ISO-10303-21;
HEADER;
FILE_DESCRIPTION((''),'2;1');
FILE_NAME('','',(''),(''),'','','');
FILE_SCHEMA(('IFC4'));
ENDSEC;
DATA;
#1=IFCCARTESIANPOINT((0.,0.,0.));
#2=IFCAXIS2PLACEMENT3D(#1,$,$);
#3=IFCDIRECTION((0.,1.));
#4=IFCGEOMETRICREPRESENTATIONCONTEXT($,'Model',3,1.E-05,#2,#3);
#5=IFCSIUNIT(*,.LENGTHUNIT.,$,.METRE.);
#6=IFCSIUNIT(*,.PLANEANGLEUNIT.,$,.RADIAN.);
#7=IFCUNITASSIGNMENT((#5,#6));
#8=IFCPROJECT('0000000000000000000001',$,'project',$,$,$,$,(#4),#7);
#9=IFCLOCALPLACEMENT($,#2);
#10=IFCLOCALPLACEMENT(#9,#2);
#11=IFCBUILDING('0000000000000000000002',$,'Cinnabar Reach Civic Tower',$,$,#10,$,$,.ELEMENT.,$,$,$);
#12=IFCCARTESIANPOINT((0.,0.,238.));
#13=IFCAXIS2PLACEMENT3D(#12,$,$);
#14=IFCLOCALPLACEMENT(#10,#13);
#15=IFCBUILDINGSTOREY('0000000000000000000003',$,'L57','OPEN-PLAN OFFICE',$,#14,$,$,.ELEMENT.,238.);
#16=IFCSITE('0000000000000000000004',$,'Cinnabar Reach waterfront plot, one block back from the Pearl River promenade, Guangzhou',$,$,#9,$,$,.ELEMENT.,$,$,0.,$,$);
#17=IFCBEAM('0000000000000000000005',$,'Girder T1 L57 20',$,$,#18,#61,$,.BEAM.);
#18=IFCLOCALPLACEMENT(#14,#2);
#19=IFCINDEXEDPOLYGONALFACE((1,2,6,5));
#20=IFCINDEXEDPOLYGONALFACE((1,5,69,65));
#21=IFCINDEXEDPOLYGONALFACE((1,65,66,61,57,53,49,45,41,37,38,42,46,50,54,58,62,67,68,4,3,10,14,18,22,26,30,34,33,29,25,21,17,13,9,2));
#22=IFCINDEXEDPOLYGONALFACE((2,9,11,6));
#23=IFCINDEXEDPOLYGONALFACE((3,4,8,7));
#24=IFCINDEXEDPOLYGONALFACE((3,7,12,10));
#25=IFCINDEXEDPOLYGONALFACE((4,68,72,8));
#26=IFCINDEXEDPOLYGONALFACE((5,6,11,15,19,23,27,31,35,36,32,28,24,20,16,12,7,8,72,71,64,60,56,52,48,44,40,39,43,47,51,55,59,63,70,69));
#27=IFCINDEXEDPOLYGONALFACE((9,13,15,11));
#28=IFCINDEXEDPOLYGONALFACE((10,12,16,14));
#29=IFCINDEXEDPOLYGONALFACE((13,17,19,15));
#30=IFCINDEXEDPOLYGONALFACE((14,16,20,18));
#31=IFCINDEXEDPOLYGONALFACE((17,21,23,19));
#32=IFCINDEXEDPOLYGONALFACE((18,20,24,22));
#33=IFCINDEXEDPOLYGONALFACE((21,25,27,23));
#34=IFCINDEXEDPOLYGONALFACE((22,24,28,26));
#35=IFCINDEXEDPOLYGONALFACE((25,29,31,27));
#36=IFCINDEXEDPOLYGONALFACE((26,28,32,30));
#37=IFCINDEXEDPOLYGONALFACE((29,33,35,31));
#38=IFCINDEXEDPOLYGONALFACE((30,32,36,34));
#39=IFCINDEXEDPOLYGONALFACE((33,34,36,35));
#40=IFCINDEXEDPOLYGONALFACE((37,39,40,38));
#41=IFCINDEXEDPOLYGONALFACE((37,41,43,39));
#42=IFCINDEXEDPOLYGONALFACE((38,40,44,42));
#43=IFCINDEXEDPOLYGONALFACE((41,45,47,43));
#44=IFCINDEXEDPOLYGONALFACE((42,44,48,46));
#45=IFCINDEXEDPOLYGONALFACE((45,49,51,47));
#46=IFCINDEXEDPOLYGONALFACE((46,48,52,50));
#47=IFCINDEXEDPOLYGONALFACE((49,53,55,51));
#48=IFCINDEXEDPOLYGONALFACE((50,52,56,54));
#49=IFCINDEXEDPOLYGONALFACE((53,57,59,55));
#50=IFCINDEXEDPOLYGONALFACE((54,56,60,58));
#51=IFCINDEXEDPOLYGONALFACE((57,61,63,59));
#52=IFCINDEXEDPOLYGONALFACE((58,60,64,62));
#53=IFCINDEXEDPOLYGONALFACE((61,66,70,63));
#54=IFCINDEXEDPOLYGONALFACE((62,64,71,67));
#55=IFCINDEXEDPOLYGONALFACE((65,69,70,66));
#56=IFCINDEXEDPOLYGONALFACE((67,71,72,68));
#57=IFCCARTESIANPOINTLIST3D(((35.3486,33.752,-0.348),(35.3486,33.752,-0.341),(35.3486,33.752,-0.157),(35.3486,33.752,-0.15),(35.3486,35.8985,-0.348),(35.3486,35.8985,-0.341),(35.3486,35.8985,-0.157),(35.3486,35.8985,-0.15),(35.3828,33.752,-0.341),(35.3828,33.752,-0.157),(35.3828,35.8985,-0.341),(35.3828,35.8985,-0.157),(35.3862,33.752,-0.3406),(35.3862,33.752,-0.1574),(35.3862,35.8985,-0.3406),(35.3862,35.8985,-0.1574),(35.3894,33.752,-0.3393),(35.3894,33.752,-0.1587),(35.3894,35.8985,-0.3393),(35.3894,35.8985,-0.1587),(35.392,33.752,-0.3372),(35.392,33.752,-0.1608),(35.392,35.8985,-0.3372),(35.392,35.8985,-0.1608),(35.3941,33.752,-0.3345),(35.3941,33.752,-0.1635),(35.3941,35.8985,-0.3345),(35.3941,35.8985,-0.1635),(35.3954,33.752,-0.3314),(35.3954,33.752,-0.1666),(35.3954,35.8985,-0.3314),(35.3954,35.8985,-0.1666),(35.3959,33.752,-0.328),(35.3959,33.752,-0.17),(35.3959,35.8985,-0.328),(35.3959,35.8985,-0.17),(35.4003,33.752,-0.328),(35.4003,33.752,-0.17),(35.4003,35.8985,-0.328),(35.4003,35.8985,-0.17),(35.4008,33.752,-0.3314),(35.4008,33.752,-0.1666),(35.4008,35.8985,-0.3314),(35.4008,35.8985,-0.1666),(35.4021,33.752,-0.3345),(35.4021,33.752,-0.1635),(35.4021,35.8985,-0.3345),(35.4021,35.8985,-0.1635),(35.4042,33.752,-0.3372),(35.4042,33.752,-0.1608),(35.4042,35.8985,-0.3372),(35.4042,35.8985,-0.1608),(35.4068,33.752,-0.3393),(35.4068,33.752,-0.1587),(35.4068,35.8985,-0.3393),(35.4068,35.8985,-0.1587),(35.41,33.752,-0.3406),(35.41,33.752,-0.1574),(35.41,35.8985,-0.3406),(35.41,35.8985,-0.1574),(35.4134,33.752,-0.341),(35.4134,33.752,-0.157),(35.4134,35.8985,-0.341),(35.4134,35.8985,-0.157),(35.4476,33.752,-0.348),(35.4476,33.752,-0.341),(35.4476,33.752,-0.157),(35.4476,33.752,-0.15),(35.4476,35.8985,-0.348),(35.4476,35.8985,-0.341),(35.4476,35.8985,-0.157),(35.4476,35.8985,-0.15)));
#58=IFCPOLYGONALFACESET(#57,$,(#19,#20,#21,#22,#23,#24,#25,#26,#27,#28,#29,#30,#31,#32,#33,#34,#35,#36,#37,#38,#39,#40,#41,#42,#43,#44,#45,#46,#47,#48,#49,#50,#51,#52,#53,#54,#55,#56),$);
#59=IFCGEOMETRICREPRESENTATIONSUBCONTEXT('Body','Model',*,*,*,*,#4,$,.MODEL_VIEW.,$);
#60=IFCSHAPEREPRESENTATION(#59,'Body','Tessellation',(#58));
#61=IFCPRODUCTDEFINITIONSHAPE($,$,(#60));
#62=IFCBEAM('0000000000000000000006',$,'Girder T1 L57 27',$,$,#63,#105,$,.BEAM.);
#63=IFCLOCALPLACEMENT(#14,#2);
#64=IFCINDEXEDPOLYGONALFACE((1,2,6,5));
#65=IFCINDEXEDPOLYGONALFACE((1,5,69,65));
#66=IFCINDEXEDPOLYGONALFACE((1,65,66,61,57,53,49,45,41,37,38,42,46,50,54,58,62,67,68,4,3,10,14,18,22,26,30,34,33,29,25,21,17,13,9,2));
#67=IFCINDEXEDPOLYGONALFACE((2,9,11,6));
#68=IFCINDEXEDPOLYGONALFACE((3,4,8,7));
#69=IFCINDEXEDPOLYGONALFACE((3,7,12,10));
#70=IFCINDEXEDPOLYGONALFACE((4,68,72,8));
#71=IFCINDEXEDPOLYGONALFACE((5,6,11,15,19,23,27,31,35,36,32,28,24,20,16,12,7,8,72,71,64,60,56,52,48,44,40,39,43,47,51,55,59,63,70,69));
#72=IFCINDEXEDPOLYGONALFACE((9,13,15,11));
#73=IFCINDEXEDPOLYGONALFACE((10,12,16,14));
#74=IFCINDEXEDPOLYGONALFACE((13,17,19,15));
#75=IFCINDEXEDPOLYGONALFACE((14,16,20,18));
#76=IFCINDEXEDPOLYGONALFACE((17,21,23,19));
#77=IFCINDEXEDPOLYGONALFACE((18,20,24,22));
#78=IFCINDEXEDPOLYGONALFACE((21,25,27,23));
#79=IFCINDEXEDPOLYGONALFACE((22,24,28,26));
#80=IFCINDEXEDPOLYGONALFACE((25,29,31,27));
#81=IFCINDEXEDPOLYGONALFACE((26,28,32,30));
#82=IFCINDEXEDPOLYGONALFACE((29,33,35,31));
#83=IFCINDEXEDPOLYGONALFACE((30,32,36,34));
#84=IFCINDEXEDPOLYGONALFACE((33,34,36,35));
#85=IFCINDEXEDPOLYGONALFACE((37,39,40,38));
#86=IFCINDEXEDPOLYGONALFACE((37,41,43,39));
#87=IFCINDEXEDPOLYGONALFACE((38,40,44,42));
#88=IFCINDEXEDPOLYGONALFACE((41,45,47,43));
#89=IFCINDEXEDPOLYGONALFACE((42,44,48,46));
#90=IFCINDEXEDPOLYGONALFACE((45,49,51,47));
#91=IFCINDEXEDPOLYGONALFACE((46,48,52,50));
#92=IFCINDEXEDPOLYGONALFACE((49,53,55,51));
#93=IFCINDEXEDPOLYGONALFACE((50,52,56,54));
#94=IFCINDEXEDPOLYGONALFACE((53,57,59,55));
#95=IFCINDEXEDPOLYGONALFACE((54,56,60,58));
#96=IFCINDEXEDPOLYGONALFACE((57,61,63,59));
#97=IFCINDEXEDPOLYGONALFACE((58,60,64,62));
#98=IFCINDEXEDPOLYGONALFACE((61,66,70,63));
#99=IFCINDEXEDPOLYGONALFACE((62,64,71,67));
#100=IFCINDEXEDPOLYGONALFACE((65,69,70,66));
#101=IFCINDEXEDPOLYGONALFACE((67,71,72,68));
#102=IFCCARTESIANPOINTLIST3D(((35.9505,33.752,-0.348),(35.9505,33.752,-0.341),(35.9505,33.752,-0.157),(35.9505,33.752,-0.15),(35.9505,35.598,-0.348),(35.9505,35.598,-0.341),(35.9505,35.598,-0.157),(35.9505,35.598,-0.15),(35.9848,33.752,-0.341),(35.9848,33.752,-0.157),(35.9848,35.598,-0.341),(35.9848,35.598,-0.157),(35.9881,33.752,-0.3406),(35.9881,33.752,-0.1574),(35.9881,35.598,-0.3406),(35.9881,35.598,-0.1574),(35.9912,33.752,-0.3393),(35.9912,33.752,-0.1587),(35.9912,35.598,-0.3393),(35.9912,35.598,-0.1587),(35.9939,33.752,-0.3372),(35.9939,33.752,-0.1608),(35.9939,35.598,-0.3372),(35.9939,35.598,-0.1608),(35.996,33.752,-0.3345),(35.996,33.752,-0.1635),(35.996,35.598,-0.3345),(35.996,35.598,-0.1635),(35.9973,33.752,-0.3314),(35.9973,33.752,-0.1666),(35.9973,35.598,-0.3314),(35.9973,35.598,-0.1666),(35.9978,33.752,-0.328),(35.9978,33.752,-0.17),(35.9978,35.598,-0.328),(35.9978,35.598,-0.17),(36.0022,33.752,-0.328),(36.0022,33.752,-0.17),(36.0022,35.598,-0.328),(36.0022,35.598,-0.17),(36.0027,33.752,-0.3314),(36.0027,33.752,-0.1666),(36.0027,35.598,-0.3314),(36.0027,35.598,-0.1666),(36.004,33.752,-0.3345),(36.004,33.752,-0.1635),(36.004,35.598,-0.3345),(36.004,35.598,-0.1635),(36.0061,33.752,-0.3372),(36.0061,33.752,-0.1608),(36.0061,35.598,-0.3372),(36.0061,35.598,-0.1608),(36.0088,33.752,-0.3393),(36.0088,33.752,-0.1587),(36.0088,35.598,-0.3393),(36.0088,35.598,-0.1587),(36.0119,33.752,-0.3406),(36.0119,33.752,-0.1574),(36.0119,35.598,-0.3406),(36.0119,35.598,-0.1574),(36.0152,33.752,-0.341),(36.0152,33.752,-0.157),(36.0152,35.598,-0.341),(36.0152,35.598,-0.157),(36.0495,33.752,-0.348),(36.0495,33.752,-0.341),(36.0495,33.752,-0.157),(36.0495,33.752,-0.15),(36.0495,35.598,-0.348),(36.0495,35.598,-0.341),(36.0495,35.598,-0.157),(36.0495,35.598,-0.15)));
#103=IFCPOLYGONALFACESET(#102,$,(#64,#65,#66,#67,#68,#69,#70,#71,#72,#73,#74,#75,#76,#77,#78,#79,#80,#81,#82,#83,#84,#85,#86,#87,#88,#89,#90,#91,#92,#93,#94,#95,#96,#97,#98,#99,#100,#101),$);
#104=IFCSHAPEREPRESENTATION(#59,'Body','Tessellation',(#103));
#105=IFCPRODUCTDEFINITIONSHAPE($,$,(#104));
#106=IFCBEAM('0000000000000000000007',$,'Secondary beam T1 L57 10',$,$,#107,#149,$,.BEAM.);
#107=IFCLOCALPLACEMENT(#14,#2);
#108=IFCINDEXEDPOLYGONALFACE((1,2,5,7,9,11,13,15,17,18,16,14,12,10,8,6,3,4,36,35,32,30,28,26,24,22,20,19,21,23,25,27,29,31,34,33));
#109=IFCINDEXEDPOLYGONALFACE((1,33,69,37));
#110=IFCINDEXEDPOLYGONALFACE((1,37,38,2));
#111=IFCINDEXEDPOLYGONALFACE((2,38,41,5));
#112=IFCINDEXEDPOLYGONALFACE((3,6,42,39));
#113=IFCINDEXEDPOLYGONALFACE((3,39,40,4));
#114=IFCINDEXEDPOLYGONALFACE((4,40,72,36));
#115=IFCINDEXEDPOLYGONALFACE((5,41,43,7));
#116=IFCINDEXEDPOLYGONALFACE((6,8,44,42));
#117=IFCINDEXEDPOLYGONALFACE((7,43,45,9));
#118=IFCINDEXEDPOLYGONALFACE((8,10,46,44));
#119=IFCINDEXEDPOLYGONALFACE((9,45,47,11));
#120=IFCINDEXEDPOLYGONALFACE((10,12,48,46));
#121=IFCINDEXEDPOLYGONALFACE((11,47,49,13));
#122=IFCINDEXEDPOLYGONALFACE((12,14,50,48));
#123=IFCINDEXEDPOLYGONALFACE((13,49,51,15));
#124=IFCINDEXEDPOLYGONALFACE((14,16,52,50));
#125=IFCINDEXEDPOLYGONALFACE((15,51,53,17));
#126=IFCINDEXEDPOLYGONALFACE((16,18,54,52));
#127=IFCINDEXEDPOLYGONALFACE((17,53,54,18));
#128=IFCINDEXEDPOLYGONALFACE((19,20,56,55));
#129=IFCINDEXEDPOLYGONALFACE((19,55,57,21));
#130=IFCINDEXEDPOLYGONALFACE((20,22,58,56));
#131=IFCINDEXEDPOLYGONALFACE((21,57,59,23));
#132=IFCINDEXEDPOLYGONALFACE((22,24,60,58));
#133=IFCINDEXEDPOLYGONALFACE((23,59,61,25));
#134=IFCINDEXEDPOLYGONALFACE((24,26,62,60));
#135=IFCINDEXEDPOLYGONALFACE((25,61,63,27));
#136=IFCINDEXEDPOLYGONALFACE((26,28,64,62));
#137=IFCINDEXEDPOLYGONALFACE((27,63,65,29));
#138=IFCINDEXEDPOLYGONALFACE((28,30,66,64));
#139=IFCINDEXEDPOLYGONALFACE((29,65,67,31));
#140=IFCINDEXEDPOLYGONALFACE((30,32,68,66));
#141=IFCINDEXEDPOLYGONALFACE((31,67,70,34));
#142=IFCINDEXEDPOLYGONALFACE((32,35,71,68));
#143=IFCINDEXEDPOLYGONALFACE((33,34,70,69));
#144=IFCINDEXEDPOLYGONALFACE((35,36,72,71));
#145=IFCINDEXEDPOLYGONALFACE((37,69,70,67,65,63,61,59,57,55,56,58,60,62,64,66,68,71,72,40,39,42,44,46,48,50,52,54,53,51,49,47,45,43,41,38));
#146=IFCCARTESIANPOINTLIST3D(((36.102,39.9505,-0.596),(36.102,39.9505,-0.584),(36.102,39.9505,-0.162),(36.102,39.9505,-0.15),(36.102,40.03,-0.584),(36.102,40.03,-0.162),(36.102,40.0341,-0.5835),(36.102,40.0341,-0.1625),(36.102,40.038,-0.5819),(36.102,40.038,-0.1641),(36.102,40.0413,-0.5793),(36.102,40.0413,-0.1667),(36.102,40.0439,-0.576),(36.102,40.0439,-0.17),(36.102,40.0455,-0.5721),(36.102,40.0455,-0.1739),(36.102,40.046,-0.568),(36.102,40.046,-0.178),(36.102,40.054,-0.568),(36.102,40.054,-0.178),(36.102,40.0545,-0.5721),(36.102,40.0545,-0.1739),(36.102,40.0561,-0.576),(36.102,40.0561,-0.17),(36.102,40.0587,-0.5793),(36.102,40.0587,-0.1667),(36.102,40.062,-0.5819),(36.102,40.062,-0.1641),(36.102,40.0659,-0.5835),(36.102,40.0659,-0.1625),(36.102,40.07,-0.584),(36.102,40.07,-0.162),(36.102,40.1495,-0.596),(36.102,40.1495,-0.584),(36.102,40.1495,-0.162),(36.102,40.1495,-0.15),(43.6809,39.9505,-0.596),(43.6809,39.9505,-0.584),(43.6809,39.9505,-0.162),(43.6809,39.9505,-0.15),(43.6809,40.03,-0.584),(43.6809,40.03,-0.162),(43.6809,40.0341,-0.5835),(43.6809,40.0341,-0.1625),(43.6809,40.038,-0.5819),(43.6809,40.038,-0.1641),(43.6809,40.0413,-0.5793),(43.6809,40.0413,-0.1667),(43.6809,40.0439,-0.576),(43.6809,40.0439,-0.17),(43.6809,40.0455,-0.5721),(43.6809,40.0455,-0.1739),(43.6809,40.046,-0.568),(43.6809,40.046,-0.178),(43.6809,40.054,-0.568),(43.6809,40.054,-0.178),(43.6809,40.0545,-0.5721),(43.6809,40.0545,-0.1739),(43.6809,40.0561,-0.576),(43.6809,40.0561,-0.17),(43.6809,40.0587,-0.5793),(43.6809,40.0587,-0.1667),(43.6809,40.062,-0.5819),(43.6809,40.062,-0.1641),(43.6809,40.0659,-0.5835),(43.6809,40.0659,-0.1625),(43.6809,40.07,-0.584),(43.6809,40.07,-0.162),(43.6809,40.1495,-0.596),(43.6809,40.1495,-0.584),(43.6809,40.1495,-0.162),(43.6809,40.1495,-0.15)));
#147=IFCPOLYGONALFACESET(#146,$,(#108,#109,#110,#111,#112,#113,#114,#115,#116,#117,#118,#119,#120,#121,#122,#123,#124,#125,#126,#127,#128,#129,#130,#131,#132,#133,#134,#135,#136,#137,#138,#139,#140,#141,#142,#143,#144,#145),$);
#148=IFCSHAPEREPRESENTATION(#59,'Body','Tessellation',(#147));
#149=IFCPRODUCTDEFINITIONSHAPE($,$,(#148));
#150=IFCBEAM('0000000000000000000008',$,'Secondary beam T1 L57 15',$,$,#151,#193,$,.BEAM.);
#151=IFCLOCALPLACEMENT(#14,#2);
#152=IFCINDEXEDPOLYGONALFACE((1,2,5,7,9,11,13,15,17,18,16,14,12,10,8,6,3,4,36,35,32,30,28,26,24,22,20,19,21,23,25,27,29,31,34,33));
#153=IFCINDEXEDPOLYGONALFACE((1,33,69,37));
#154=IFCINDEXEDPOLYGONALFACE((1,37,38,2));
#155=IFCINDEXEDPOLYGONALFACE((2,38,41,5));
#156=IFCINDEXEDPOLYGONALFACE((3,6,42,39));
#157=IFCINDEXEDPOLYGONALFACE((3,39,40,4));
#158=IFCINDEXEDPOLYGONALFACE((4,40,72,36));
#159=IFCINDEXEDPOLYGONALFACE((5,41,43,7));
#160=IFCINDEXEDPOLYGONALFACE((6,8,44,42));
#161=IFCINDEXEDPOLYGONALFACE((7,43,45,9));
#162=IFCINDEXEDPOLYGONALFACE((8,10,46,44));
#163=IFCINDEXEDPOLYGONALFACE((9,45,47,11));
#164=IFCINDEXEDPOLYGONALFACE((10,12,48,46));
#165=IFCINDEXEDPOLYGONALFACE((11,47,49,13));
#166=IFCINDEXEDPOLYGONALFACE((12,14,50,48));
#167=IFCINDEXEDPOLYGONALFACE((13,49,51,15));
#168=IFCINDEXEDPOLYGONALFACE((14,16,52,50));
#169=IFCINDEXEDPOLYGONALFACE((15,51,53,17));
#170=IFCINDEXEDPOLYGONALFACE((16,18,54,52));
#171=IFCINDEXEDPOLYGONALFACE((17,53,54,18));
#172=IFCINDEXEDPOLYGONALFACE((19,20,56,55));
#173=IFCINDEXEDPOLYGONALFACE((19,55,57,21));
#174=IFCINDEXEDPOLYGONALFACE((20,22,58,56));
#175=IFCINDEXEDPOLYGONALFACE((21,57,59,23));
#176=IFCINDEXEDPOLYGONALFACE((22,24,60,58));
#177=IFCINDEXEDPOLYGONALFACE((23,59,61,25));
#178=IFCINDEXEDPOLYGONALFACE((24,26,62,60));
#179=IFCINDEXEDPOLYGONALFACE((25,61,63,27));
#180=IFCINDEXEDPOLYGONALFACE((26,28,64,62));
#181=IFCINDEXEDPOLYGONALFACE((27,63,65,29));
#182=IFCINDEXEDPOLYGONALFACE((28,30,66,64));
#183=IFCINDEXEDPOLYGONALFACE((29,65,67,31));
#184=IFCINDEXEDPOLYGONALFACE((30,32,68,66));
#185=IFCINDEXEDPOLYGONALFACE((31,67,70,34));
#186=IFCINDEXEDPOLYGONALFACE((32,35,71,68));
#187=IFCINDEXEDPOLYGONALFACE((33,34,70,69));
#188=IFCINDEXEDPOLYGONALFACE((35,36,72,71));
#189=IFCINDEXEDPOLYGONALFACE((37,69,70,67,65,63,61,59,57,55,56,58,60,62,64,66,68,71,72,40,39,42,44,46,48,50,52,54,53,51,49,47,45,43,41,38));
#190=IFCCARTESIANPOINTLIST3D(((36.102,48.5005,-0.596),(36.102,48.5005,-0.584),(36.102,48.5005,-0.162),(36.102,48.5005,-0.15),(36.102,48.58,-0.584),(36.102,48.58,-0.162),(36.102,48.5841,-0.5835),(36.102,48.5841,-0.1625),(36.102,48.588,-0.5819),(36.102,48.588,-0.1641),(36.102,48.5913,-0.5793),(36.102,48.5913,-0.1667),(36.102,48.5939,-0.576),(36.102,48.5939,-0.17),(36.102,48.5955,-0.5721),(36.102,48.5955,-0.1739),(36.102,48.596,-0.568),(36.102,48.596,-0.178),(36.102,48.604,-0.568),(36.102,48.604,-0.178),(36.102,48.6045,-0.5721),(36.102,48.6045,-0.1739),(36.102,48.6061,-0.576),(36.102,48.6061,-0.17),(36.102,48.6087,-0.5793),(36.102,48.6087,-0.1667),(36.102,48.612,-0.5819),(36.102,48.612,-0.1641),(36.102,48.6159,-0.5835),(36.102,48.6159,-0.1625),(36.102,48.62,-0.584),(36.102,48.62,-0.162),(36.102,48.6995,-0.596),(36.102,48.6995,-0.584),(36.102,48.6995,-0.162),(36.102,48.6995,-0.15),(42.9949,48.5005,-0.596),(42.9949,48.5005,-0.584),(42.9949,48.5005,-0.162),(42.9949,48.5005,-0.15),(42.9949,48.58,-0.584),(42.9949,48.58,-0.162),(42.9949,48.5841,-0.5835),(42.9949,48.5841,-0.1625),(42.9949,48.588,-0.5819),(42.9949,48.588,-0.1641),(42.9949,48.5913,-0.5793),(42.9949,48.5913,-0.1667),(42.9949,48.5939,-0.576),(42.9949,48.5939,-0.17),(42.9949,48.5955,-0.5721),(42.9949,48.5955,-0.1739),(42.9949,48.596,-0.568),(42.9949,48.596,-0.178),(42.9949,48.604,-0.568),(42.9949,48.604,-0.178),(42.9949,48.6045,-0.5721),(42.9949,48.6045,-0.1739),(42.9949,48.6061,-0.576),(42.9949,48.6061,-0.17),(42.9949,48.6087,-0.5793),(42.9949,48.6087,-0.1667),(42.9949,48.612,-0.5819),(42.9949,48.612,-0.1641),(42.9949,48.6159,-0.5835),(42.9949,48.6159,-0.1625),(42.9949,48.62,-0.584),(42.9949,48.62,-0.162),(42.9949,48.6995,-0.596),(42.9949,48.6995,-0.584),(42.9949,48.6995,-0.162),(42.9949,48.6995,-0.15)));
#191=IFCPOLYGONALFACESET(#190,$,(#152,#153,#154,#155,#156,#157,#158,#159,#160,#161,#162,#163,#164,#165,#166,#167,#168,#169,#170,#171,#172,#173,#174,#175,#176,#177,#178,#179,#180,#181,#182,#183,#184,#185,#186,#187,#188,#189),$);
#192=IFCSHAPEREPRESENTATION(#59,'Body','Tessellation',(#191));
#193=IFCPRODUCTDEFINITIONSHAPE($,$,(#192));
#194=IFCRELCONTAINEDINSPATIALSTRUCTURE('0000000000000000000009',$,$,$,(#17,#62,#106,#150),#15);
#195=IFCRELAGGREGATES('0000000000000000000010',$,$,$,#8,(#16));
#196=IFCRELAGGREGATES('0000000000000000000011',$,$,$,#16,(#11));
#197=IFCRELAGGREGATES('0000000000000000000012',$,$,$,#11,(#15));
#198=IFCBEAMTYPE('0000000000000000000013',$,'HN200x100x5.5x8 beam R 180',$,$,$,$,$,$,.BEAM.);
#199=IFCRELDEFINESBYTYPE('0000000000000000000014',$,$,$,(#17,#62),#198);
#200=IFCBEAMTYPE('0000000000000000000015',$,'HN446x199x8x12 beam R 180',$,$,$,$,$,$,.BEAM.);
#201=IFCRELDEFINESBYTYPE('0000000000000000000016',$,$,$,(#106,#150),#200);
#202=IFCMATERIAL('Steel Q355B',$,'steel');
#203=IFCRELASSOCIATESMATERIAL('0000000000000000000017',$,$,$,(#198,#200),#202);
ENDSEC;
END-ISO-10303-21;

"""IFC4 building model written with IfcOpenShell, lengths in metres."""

from ifc_helpers import new_model, si_unit, direction, frame, origin, origin_2d, place, context, subcontext, project, spatial, i_section, extrude, material, material_profile, profile_set, type_object, element, save


model = new_model("IFC4")

# Units and contexts
model_context = context("Model", 3, precision=1e-05, world=origin(), true_north=direction((0.0, 1.0)))
body_context = subcontext(model_context, "Body", "Model", "MODEL_VIEW")
ifc_project = project(units=[si_unit("LENGTHUNIT", "METRE"), si_unit("PLANEANGLEUNIT", "RADIAN")], contexts=[model_context])

# Site, building, storey
site_placement = place(None, origin())
site = spatial("IfcSite", under=ifc_project, at=site_placement, Name="Cinnabar Reach waterfront plot, one block back from the Pearl River promenade, Guangzhou", CompositionType="ELEMENT", RefElevation=0.0)
building_placement = place(site_placement, origin())
building = spatial("IfcBuilding", under=site, at=building_placement, Name="Cinnabar Reach Civic Tower", CompositionType="ELEMENT")
storey_placement = place(building_placement, frame((0.0, 0.0, 238.0)))
storey = spatial("IfcBuildingStorey", under=building, at=storey_placement, Name="L57", Description="OPEN-PLAN OFFICE", CompositionType="ELEMENT", Elevation=238.0)

# Beams
ifc_material_1 = material(Name="Steel Q355B", Category="steel")
ifc_material_profile_1 = material_profile(ifc_material_1, i_section(OverallWidth=0.099, OverallDepth=0.198, WebThickness=0.0045, FlangeThickness=0.007, FilletRadius=0.013, at=origin_2d()), Name="HN200x100x5.5x8")
ifc_profile_set_1 = profile_set([ifc_material_profile_1], Name="Steel Q355B")
beam_type_1 = type_object("IfcBeamType", Name="HN200x100x5.5x8 beam R 180", PredefinedType="BEAM", material=ifc_profile_set_1)
beam_1_placement = place(storey_placement, frame((35.3981, 33.752, -0.249), z_axis=(0.0, 1.0, 0.0), x_axis=(-1.0, 0.0, 0.0)))
element("IfcBeam", 1, at=beam_1_placement, inside=storey, type_object=beam_type_1, Name="Girder T1 L57 20", PredefinedType="BEAM", context=body_context, shape_type="SweptSolid", body=[
    extrude(i_section(OverallWidth=0.099, OverallDepth=0.198, WebThickness=0.0045, FlangeThickness=0.007, FilletRadius=0.013, at=origin_2d()), origin(), (0.0, 0.0, 1.0), 2.1465),
])
beam_2_placement = place(storey_placement, frame((36.0, 33.752, -0.249), z_axis=(0.0, 1.0, 0.0), x_axis=(-1.0, 0.0, 0.0)))
element("IfcBeam", 2, at=beam_2_placement, inside=storey, type_object=beam_type_1, Name="Girder T1 L57 27", PredefinedType="BEAM", context=body_context, shape_type="SweptSolid", body=[
    extrude(i_section(OverallWidth=0.099, OverallDepth=0.198, WebThickness=0.0045, FlangeThickness=0.007, FilletRadius=0.013, at=origin_2d()), origin(), (0.0, 0.0, 1.0), 1.846),
])
ifc_material_profile_2 = material_profile(ifc_material_1, i_section(OverallWidth=0.199, OverallDepth=0.446, WebThickness=0.008, FlangeThickness=0.012, FilletRadius=0.016, at=origin_2d()), Name="HN446x199x8x12")
ifc_profile_set_2 = profile_set([ifc_material_profile_2], Name="Steel Q355B")
beam_type_2 = type_object("IfcBeamType", Name="HN446x199x8x12 beam R 180", PredefinedType="BEAM", material=ifc_profile_set_2)
beam_3_placement = place(storey_placement, frame((36.102, 40.05, -0.373), z_axis=(1.0, 0.0, 0.0), x_axis=(0.0, 1.0, 0.0)))
element("IfcBeam", 3, at=beam_3_placement, inside=storey, type_object=beam_type_2, Name="Secondary beam T1 L57 10", PredefinedType="BEAM", context=body_context, shape_type="SweptSolid", body=[
    extrude(i_section(OverallWidth=0.199, OverallDepth=0.446, WebThickness=0.008, FlangeThickness=0.012, FilletRadius=0.016, at=origin_2d()), origin(), (0.0, 0.0, 1.0), 7.5789),
])
beam_4_placement = place(storey_placement, frame((36.102, 48.6, -0.373), z_axis=(1.0, 0.0, 0.0), x_axis=(0.0, 1.0, 0.0)))
element("IfcBeam", 4, at=beam_4_placement, inside=storey, type_object=beam_type_2, Name="Secondary beam T1 L57 15", PredefinedType="BEAM", context=body_context, shape_type="SweptSolid", body=[
    extrude(i_section(OverallWidth=0.199, OverallDepth=0.446, WebThickness=0.008, FlangeThickness=0.012, FilletRadius=0.016, at=origin_2d()), origin(), (0.0, 0.0, 1.0), 6.8929),
])

save(model, "model.ifc")
